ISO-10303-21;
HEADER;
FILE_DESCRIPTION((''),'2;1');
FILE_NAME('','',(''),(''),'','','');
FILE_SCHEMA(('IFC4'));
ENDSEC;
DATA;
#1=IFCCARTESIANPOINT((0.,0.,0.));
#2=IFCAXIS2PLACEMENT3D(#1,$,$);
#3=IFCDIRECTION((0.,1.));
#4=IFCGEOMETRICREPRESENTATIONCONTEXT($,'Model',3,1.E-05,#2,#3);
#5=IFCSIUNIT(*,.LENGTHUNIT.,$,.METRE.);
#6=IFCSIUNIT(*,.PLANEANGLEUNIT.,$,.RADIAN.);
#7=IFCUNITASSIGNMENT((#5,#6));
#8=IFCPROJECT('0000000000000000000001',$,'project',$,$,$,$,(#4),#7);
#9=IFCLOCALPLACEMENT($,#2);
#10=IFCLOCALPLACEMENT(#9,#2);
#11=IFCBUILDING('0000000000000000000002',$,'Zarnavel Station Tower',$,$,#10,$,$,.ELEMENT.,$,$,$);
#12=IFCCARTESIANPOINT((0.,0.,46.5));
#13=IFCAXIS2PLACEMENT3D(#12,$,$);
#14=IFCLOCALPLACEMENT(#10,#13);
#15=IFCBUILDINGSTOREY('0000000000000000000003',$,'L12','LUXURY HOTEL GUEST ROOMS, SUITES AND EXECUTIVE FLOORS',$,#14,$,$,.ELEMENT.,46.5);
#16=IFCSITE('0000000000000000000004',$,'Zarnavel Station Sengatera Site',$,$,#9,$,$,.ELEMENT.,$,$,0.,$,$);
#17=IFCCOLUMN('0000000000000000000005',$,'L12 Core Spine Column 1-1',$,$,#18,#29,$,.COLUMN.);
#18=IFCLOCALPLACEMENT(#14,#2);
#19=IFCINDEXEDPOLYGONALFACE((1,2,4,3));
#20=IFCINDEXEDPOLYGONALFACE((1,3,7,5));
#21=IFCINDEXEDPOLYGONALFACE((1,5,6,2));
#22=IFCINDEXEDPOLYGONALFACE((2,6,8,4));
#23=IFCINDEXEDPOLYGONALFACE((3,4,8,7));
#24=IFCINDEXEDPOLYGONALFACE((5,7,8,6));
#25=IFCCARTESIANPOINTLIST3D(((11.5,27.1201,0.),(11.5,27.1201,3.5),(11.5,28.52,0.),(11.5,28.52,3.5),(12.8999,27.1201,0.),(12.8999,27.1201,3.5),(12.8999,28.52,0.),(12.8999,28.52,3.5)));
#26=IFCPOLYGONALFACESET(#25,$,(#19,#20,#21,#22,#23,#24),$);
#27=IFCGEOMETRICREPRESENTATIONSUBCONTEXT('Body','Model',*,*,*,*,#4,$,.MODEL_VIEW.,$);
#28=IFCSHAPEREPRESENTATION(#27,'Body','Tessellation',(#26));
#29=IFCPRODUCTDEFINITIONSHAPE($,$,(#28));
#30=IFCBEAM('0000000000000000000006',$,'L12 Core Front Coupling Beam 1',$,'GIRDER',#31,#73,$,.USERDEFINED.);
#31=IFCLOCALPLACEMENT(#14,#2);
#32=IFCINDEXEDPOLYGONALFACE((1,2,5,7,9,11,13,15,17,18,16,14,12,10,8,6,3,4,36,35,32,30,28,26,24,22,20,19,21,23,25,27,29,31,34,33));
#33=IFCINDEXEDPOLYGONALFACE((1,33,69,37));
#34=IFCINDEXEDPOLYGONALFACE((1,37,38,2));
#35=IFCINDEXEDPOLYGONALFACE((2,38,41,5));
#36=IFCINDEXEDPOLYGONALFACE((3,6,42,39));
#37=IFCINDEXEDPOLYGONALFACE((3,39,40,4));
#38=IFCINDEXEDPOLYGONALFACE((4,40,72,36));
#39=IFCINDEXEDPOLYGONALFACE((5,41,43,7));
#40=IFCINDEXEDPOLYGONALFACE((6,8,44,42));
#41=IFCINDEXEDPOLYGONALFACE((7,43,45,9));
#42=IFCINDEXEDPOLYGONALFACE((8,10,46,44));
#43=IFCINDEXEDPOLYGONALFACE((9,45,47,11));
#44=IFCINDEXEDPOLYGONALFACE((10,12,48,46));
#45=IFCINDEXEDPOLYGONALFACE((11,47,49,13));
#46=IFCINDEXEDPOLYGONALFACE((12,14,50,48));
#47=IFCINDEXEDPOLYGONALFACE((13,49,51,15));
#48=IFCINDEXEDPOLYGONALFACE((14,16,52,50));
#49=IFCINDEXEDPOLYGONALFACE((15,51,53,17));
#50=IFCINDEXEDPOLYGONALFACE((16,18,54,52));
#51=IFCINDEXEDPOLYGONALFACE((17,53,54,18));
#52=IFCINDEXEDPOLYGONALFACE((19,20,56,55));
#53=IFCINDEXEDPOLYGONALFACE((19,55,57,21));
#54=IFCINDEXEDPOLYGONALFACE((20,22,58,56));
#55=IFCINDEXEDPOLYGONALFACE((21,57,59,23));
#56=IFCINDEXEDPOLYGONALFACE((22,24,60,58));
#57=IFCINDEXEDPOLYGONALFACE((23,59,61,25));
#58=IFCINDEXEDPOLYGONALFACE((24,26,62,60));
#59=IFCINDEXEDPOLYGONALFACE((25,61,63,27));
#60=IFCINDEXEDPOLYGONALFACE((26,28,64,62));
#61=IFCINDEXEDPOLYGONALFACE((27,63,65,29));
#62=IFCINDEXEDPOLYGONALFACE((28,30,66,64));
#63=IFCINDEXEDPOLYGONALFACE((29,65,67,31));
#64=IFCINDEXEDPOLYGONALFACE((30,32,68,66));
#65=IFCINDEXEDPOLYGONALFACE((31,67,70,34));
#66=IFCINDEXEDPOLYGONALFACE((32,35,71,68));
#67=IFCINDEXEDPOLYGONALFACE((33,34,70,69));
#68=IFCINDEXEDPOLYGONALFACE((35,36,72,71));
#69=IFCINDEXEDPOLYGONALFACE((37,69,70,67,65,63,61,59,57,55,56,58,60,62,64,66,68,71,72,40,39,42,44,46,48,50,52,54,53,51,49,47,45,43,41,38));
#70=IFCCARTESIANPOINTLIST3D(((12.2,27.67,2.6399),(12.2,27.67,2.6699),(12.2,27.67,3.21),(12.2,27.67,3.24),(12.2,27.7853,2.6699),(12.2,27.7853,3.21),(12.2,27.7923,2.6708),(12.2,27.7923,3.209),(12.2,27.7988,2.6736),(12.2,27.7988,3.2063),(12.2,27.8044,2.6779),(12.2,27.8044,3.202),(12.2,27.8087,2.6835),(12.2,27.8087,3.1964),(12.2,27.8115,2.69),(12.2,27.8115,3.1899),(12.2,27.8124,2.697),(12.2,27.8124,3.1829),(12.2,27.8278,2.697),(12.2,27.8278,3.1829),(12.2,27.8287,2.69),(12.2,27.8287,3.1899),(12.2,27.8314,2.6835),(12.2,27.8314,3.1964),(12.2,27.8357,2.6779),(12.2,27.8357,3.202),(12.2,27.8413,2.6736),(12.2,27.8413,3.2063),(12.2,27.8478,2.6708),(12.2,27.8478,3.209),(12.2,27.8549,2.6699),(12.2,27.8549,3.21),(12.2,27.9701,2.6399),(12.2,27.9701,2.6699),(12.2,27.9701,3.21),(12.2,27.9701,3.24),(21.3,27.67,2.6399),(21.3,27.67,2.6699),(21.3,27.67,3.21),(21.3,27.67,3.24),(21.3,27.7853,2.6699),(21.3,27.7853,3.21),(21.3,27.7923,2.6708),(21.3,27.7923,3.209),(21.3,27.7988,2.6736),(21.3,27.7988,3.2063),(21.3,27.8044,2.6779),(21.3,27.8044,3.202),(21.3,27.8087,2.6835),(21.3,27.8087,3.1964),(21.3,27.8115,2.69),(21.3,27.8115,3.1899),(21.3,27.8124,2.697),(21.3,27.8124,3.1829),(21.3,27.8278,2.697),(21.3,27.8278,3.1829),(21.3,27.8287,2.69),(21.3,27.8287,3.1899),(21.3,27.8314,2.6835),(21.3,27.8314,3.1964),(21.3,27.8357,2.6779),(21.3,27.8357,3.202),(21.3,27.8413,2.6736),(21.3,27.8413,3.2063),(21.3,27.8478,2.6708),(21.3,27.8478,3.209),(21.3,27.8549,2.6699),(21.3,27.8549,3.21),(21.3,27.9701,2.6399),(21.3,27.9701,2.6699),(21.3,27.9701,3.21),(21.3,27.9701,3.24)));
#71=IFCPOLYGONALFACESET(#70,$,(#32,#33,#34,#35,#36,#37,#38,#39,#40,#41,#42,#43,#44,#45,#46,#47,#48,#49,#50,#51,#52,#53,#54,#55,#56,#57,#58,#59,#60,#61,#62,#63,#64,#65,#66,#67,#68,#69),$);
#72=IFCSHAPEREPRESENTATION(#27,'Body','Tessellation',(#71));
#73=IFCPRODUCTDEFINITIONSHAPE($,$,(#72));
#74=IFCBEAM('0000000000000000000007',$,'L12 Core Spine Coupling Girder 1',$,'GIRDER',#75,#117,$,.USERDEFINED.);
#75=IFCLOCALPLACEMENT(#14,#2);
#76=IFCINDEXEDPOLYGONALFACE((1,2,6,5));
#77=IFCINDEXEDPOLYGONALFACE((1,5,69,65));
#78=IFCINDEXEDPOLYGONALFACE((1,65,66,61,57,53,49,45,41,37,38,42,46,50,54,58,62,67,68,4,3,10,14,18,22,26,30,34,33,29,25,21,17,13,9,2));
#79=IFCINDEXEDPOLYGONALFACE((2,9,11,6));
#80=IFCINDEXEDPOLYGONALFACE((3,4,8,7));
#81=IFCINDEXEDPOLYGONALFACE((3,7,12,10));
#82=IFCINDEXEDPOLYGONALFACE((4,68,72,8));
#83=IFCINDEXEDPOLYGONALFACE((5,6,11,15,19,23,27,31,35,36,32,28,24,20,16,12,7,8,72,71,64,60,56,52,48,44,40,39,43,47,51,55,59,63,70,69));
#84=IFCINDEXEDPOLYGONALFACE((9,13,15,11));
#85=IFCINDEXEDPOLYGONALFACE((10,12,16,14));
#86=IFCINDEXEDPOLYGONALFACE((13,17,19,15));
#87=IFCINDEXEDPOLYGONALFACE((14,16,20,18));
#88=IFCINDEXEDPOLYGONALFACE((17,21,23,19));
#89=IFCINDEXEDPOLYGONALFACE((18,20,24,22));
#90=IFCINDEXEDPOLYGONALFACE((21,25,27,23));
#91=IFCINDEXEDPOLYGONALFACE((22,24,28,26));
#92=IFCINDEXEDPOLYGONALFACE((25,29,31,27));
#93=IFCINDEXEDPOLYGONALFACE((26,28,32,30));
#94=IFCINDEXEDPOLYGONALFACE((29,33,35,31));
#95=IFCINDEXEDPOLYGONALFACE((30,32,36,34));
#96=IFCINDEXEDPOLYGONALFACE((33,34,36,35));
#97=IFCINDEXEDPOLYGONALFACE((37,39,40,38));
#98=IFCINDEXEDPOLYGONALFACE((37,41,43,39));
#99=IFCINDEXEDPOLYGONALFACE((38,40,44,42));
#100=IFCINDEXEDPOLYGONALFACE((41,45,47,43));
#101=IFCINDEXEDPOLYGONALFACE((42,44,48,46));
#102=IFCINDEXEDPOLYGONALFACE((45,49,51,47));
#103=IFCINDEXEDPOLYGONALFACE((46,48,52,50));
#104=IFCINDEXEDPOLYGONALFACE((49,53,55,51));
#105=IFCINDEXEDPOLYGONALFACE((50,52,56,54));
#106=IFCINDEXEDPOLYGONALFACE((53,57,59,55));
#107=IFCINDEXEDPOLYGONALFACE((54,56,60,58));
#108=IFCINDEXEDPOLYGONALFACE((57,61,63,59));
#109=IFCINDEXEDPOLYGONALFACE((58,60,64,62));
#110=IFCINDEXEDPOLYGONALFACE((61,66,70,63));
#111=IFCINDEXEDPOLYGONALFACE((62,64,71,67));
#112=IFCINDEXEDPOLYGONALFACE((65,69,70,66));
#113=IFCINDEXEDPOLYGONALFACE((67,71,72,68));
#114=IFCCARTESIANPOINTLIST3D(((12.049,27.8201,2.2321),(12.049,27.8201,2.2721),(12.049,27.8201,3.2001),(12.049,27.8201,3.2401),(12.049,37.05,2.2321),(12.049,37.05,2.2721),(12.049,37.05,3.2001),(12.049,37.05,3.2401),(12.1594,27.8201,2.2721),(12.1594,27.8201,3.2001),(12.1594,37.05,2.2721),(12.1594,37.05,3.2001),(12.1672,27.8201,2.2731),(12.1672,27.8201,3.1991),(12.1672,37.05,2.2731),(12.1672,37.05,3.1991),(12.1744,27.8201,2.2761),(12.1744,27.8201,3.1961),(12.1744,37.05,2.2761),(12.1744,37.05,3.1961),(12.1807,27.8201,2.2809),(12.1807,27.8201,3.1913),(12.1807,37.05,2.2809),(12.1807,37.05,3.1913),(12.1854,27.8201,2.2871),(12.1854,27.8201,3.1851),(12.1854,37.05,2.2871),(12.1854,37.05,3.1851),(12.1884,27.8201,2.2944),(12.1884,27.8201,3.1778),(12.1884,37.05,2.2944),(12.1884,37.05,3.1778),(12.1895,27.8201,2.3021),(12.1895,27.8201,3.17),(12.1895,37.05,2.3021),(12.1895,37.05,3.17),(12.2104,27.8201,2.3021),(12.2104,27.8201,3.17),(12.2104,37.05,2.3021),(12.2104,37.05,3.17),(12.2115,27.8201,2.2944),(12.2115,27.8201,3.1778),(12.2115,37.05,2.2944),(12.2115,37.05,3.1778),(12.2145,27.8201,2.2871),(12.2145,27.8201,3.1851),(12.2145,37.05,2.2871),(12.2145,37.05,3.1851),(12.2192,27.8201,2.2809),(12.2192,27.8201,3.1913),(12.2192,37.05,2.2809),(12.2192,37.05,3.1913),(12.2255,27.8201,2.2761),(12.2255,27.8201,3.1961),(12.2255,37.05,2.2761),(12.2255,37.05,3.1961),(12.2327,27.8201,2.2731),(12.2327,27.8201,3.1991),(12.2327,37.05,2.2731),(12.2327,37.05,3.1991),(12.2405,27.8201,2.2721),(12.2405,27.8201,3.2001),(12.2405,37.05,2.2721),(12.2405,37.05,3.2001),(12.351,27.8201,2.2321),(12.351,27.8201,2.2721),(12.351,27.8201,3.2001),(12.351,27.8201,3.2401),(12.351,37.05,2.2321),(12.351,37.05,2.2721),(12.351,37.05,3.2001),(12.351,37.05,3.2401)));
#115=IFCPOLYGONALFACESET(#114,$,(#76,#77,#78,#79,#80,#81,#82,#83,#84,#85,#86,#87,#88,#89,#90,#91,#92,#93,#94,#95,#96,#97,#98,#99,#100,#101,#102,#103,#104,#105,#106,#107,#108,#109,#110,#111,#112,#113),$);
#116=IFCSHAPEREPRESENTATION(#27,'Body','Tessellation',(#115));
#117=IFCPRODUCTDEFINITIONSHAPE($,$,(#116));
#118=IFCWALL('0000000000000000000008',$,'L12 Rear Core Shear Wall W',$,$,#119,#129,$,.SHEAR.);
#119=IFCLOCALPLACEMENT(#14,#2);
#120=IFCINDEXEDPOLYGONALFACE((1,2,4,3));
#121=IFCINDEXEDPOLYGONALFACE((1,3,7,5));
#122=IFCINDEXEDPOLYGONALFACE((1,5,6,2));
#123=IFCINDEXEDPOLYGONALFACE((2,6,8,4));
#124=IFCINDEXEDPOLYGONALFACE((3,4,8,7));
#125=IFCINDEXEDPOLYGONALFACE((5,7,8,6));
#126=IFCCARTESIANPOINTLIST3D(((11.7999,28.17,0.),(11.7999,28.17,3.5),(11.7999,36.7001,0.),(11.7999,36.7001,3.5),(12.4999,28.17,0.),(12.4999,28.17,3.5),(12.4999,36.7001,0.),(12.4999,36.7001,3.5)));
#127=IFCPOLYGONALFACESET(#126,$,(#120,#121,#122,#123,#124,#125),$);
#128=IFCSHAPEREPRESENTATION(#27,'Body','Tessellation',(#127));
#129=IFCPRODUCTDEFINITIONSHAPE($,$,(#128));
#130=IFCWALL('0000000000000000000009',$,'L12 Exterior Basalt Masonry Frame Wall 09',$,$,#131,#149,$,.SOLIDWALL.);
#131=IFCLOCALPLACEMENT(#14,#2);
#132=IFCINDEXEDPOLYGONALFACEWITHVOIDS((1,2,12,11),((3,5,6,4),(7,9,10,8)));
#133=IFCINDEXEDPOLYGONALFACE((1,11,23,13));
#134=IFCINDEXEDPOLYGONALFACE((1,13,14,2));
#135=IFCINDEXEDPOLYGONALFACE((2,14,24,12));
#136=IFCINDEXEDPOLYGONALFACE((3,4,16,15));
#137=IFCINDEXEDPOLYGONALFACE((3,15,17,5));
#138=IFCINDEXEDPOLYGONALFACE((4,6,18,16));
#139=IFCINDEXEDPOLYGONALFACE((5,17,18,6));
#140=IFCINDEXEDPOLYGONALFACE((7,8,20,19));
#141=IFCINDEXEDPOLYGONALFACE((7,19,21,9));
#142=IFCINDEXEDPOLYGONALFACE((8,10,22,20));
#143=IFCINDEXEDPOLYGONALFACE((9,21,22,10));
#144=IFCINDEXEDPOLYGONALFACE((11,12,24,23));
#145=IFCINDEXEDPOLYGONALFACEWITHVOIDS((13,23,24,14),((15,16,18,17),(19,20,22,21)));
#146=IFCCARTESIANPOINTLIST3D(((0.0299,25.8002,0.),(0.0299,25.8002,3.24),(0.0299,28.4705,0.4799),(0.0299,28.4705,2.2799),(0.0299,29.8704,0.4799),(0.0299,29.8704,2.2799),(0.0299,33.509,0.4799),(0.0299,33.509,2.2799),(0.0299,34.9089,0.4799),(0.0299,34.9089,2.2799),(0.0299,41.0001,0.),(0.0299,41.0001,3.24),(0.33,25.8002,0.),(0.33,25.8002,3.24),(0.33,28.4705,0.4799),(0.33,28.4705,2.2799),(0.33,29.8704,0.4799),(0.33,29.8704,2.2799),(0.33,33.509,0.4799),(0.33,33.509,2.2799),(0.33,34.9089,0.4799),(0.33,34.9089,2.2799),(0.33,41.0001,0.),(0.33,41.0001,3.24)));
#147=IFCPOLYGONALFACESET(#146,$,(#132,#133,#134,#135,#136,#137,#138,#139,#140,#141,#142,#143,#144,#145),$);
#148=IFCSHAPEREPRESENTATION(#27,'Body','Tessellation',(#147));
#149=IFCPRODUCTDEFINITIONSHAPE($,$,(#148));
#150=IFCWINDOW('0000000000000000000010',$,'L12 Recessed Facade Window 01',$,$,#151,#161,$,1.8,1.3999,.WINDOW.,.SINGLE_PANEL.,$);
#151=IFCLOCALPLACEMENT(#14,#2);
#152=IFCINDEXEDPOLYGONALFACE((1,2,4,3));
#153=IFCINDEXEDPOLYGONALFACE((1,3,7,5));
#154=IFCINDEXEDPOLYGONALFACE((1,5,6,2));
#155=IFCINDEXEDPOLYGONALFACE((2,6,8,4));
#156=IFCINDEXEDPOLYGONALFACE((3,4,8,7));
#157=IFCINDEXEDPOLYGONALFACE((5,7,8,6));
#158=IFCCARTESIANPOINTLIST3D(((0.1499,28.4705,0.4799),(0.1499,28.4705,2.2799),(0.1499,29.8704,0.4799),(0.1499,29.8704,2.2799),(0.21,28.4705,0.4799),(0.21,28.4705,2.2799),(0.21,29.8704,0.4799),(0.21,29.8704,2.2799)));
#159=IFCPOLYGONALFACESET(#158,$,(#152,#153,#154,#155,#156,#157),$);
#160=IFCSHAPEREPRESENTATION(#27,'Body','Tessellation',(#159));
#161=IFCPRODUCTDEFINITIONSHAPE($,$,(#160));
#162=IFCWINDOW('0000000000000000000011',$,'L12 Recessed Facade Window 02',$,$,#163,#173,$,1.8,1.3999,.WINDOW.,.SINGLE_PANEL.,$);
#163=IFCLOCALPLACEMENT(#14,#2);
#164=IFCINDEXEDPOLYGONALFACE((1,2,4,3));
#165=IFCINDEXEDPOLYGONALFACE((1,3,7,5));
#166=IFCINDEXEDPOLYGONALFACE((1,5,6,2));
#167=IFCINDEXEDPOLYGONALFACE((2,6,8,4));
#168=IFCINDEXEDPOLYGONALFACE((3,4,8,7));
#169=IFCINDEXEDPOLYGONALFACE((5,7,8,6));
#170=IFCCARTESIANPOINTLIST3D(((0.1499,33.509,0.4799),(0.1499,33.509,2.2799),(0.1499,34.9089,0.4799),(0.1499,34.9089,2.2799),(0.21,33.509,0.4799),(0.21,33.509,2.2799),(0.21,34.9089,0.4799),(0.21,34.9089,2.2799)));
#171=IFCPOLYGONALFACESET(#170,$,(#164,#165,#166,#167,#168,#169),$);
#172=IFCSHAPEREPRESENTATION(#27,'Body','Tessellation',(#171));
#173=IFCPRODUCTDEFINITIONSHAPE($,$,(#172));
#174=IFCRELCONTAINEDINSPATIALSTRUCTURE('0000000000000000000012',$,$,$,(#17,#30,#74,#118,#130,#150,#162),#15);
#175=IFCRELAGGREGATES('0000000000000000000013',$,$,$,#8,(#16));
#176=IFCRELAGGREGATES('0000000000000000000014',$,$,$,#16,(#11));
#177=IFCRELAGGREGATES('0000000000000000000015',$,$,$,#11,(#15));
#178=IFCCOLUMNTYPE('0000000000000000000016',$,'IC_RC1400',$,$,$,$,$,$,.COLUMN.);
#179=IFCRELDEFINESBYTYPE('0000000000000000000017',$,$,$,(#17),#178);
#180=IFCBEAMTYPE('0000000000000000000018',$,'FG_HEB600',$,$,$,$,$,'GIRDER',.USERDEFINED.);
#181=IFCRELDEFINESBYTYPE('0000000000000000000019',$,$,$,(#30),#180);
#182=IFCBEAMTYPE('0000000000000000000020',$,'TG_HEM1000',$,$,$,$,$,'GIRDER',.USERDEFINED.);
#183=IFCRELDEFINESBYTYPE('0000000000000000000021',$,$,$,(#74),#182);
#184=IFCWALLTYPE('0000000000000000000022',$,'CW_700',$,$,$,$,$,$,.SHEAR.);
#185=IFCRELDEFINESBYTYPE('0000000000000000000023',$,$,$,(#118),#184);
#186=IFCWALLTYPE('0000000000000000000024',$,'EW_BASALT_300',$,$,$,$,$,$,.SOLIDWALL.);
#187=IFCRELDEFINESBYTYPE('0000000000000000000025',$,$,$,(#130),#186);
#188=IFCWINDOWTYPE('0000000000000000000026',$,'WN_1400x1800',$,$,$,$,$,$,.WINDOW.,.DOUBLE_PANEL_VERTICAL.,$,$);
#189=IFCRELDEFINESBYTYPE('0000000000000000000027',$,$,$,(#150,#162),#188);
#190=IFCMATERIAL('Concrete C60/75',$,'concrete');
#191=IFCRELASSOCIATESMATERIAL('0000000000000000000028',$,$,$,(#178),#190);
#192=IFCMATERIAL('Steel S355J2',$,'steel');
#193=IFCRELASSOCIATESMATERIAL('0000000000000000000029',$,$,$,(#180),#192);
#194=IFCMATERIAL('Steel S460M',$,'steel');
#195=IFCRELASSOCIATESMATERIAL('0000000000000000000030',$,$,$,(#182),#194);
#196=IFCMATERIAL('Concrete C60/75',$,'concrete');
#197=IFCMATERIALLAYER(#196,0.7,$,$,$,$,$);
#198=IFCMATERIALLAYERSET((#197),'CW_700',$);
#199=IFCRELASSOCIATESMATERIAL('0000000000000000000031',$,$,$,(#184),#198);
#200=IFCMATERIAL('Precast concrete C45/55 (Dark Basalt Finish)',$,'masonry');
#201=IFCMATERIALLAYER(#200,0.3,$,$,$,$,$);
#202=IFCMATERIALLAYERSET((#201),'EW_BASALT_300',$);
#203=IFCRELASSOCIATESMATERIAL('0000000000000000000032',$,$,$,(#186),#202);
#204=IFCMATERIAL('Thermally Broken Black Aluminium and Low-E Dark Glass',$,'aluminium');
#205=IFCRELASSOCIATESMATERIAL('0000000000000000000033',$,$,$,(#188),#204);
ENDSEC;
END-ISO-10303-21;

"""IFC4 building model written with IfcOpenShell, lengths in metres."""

from ifc_helpers import new_model, si_unit, direction, frame, frame_2d, origin, origin_2d, place, context, subcontext, project, spatial, rectangle, i_section, extrude, material, layer, layer_set, material_profile, profile_set, type_object, element, fill, save


model = new_model("IFC4")

# Units and contexts
model_context = context("Model", 3, precision=1e-05, world=origin(), true_north=direction((0.0, 1.0)))
body_context = subcontext(model_context, "Body", "Model", "MODEL_VIEW")
ifc_project = project(units=[si_unit("LENGTHUNIT", "METRE"), si_unit("PLANEANGLEUNIT", "RADIAN")], contexts=[model_context])

# Site, building, storey
site_placement = place(None, origin())
site = spatial("IfcSite", under=ifc_project, at=site_placement, Name="Zarnavel Station Sengatera Site", CompositionType="ELEMENT", RefElevation=0.0)
building_placement = place(site_placement, origin())
building = spatial("IfcBuilding", under=site, at=building_placement, Name="Zarnavel Station Tower", CompositionType="ELEMENT")
storey_placement = place(building_placement, frame((0.0, 0.0, 46.5)))
storey = spatial("IfcBuildingStorey", under=building, at=storey_placement, Name="L12", Description="LUXURY HOTEL GUEST ROOMS, SUITES AND EXECUTIVE FLOORS", CompositionType="ELEMENT", Elevation=46.5)

# Column
ifc_material_1 = material(Name="Concrete C60/75", Category="concrete")
ifc_material_profile_1 = material_profile(ifc_material_1, rectangle(XDim=1.3999, YDim=1.3999, at=origin_2d()), Name="RC1400x1400")
ifc_profile_set_1 = profile_set([ifc_material_profile_1], Name="Concrete C60/75")
column_type = type_object("IfcColumnType", Name="IC_RC1400", PredefinedType="COLUMN", material=ifc_profile_set_1)
column_placement = place(storey_placement, frame((12.2, 27.8201, 0.0), z_axis=(0.0, 0.0, 1.0), x_axis=(1.0, 0.0, 0.0)))
element("IfcColumn", 1, at=column_placement, inside=storey, type_object=column_type, Name="L12 Core Spine Column 1-1", PredefinedType="COLUMN", context=body_context, shape_type="SweptSolid", body=[
    extrude(rectangle(XDim=1.3999, YDim=1.3999, at=origin_2d()), origin(), (0.0, 0.0, 1.0), 3.5),
])

# Beams
ifc_material_2 = material(Name="Steel S355J2", Category="steel")
ifc_material_profile_2 = material_profile(ifc_material_2, i_section(OverallWidth=0.3, OverallDepth=0.6001, WebThickness=0.0154, FlangeThickness=0.03, FilletRadius=0.0271, at=origin_2d()), Name="HEB600")
ifc_profile_set_2 = profile_set([ifc_material_profile_2], Name="Steel S355J2")
beam_type_1 = type_object("IfcBeamType", Name="FG_HEB600", ElementType="GIRDER", PredefinedType="USERDEFINED", material=ifc_profile_set_2)
beam_1_placement = place(storey_placement, frame((12.2, 27.8201, 2.9399), z_axis=(1.0, 0.0, 0.0), x_axis=(0.0, 1.0, 0.0)))
element("IfcBeam", 2, at=beam_1_placement, inside=storey, type_object=beam_type_1, Name="L12 Core Front Coupling Beam 1", ObjectType="GIRDER", PredefinedType="USERDEFINED", context=body_context, shape_type="SweptSolid", body=[
    extrude(i_section(OverallWidth=0.3, OverallDepth=0.6001, WebThickness=0.0154, FlangeThickness=0.03, FilletRadius=0.0271, at=origin_2d()), origin(), (0.0, 0.0, 1.0), 9.1001),
])
ifc_material_3 = material(Name="Steel S460M", Category="steel")
ifc_material_profile_3 = material_profile(ifc_material_3, i_section(OverallWidth=0.302, OverallDepth=1.0081, WebThickness=0.021, FlangeThickness=0.04, FilletRadius=0.03, at=origin_2d()), Name="HEM1000")
ifc_profile_set_3 = profile_set([ifc_material_profile_3], Name="Steel S460M")
beam_type_2 = type_object("IfcBeamType", Name="TG_HEM1000", ElementType="GIRDER", PredefinedType="USERDEFINED", material=ifc_profile_set_3)
beam_2_placement = place(storey_placement, frame((12.2, 27.8201, 2.7361), z_axis=(0.0, 1.0, 0.0), x_axis=(-1.0, 0.0, 0.0)))
element("IfcBeam", 3, at=beam_2_placement, inside=storey, type_object=beam_type_2, Name="L12 Core Spine Coupling Girder 1", ObjectType="GIRDER", PredefinedType="USERDEFINED", context=body_context, shape_type="SweptSolid", body=[
    extrude(i_section(OverallWidth=0.302, OverallDepth=1.0081, WebThickness=0.021, FlangeThickness=0.04, FilletRadius=0.03, at=origin_2d()), origin(), (0.0, 0.0, 1.0), 9.23),
])

# Wall
ifc_material_4 = material(Name="Concrete C60/75", Category="concrete")
ifc_layer_1 = layer(ifc_material_4, 0.7)
ifc_layer_set_1 = layer_set([ifc_layer_1], Name="CW_700")
wall_type_1 = type_object("IfcWallType", Name="CW_700", PredefinedType="SHEAR", material=ifc_layer_set_1)
wall_1_placement = place(storey_placement, frame((12.1499, 28.1699, 0.0), z_axis=(0.0, 0.0, 1.0), x_axis=(0.0, 1.0, 0.0)))
element("IfcWall", 4, at=wall_1_placement, inside=storey, type_object=wall_type_1, Name="L12 Rear Core Shear Wall W", PredefinedType="SHEAR", context=body_context, shape_type="SweptSolid", body=[
    extrude(rectangle(XDim=8.53, YDim=0.7, at=frame_2d((4.2651, 0.0))), origin(), (0.0, 0.0, 1.0), 3.5),
])

# Wall, openings, windows
ifc_material_5 = material(Name="Precast concrete C45/55 (Dark Basalt Finish)", Category="masonry")
ifc_layer_2 = layer(ifc_material_5, 0.3)
ifc_layer_set_2 = layer_set([ifc_layer_2], Name="EW_BASALT_300")
wall_type_2 = type_object("IfcWallType", Name="EW_BASALT_300", PredefinedType="SOLIDWALL", material=ifc_layer_set_2)
wall_2_placement = place(storey_placement, frame((0.1799, 25.8, 0.0), z_axis=(0.0, 0.0, 1.0), x_axis=(0.0, 1.0, 0.0)))
wall_2 = element("IfcWall", 5, at=wall_2_placement, inside=storey, type_object=wall_type_2, Name="L12 Exterior Basalt Masonry Frame Wall 09", PredefinedType="SOLIDWALL", context=body_context, shape_type="SweptSolid", body=[
    extrude(rectangle(XDim=15.2, YDim=0.3, at=frame_2d((7.6001, 0.0))), origin(), (0.0, 0.0, 1.0), 3.24),
])
opening_1_placement = place(wall_2_placement, frame((2.6704, 0.0, 0.48)))
opening_1 = element("IfcOpeningElement", 6, at=opening_1_placement, cuts=wall_2, PredefinedType="OPENING", context=body_context, shape_type="SweptSolid", body=[
    extrude(rectangle(XDim=1.3999, YDim=1.8, at=frame_2d((0.7, 0.8999))), frame((0.0, 0.1599, 0.0), z_axis=(0.0, -1.0, 0.0), x_axis=(1.0, 0.0, 0.0)), (0.0, 0.0, 1.0), 0.3201),
])
opening_2_placement = place(wall_2_placement, frame((7.709, 0.0, 0.48)))
opening_2 = element("IfcOpeningElement", 7, at=opening_2_placement, cuts=wall_2, PredefinedType="OPENING", context=body_context, shape_type="SweptSolid", body=[
    extrude(rectangle(XDim=1.3999, YDim=1.8, at=frame_2d((0.7, 0.8999))), frame((0.0, 0.1599, 0.0), z_axis=(0.0, -1.0, 0.0), x_axis=(1.0, 0.0, 0.0)), (0.0, 0.0, 1.0), 0.3201),
])
ifc_material_6 = material(Name="Thermally Broken Black Aluminium and Low-E Dark Glass", Category="aluminium")
window_type = type_object("IfcWindowType", Name="WN_1400x1800", PartitioningType="DOUBLE_PANEL_VERTICAL", PredefinedType="WINDOW", material=ifc_material_6)
window_1_placement = place(opening_1_placement, origin())
window_1 = element("IfcWindow", 8, at=window_1_placement, inside=storey, type_object=window_type, Name="L12 Recessed Facade Window 01", OverallHeight=1.8, OverallWidth=1.3999, PartitioningType="SINGLE_PANEL", PredefinedType="WINDOW", context=body_context, shape_type="SweptSolid", body=[
    extrude(rectangle(XDim=1.3999, YDim=1.8, at=frame_2d((0.7, 0.8999))), frame((0.0, 0.03, 0.0), z_axis=(0.0, -1.0, 0.0), x_axis=(1.0, 0.0, 0.0)), (0.0, 0.0, 1.0), 0.0601),
])
fill(opening_1, window_1)
window_2_placement = place(opening_2_placement, origin())
window_2 = element("IfcWindow", 9, at=window_2_placement, inside=storey, type_object=window_type, Name="L12 Recessed Facade Window 02", OverallHeight=1.8, OverallWidth=1.3999, PartitioningType="SINGLE_PANEL", PredefinedType="WINDOW", context=body_context, shape_type="SweptSolid", body=[
    extrude(rectangle(XDim=1.3999, YDim=1.8, at=frame_2d((0.7, 0.8999))), frame((0.0, 0.03, 0.0), z_axis=(0.0, -1.0, 0.0), x_axis=(1.0, 0.0, 0.0)), (0.0, 0.0, 1.0), 0.0601),
])
fill(opening_2, window_2)

save(model, "model.ifc")
